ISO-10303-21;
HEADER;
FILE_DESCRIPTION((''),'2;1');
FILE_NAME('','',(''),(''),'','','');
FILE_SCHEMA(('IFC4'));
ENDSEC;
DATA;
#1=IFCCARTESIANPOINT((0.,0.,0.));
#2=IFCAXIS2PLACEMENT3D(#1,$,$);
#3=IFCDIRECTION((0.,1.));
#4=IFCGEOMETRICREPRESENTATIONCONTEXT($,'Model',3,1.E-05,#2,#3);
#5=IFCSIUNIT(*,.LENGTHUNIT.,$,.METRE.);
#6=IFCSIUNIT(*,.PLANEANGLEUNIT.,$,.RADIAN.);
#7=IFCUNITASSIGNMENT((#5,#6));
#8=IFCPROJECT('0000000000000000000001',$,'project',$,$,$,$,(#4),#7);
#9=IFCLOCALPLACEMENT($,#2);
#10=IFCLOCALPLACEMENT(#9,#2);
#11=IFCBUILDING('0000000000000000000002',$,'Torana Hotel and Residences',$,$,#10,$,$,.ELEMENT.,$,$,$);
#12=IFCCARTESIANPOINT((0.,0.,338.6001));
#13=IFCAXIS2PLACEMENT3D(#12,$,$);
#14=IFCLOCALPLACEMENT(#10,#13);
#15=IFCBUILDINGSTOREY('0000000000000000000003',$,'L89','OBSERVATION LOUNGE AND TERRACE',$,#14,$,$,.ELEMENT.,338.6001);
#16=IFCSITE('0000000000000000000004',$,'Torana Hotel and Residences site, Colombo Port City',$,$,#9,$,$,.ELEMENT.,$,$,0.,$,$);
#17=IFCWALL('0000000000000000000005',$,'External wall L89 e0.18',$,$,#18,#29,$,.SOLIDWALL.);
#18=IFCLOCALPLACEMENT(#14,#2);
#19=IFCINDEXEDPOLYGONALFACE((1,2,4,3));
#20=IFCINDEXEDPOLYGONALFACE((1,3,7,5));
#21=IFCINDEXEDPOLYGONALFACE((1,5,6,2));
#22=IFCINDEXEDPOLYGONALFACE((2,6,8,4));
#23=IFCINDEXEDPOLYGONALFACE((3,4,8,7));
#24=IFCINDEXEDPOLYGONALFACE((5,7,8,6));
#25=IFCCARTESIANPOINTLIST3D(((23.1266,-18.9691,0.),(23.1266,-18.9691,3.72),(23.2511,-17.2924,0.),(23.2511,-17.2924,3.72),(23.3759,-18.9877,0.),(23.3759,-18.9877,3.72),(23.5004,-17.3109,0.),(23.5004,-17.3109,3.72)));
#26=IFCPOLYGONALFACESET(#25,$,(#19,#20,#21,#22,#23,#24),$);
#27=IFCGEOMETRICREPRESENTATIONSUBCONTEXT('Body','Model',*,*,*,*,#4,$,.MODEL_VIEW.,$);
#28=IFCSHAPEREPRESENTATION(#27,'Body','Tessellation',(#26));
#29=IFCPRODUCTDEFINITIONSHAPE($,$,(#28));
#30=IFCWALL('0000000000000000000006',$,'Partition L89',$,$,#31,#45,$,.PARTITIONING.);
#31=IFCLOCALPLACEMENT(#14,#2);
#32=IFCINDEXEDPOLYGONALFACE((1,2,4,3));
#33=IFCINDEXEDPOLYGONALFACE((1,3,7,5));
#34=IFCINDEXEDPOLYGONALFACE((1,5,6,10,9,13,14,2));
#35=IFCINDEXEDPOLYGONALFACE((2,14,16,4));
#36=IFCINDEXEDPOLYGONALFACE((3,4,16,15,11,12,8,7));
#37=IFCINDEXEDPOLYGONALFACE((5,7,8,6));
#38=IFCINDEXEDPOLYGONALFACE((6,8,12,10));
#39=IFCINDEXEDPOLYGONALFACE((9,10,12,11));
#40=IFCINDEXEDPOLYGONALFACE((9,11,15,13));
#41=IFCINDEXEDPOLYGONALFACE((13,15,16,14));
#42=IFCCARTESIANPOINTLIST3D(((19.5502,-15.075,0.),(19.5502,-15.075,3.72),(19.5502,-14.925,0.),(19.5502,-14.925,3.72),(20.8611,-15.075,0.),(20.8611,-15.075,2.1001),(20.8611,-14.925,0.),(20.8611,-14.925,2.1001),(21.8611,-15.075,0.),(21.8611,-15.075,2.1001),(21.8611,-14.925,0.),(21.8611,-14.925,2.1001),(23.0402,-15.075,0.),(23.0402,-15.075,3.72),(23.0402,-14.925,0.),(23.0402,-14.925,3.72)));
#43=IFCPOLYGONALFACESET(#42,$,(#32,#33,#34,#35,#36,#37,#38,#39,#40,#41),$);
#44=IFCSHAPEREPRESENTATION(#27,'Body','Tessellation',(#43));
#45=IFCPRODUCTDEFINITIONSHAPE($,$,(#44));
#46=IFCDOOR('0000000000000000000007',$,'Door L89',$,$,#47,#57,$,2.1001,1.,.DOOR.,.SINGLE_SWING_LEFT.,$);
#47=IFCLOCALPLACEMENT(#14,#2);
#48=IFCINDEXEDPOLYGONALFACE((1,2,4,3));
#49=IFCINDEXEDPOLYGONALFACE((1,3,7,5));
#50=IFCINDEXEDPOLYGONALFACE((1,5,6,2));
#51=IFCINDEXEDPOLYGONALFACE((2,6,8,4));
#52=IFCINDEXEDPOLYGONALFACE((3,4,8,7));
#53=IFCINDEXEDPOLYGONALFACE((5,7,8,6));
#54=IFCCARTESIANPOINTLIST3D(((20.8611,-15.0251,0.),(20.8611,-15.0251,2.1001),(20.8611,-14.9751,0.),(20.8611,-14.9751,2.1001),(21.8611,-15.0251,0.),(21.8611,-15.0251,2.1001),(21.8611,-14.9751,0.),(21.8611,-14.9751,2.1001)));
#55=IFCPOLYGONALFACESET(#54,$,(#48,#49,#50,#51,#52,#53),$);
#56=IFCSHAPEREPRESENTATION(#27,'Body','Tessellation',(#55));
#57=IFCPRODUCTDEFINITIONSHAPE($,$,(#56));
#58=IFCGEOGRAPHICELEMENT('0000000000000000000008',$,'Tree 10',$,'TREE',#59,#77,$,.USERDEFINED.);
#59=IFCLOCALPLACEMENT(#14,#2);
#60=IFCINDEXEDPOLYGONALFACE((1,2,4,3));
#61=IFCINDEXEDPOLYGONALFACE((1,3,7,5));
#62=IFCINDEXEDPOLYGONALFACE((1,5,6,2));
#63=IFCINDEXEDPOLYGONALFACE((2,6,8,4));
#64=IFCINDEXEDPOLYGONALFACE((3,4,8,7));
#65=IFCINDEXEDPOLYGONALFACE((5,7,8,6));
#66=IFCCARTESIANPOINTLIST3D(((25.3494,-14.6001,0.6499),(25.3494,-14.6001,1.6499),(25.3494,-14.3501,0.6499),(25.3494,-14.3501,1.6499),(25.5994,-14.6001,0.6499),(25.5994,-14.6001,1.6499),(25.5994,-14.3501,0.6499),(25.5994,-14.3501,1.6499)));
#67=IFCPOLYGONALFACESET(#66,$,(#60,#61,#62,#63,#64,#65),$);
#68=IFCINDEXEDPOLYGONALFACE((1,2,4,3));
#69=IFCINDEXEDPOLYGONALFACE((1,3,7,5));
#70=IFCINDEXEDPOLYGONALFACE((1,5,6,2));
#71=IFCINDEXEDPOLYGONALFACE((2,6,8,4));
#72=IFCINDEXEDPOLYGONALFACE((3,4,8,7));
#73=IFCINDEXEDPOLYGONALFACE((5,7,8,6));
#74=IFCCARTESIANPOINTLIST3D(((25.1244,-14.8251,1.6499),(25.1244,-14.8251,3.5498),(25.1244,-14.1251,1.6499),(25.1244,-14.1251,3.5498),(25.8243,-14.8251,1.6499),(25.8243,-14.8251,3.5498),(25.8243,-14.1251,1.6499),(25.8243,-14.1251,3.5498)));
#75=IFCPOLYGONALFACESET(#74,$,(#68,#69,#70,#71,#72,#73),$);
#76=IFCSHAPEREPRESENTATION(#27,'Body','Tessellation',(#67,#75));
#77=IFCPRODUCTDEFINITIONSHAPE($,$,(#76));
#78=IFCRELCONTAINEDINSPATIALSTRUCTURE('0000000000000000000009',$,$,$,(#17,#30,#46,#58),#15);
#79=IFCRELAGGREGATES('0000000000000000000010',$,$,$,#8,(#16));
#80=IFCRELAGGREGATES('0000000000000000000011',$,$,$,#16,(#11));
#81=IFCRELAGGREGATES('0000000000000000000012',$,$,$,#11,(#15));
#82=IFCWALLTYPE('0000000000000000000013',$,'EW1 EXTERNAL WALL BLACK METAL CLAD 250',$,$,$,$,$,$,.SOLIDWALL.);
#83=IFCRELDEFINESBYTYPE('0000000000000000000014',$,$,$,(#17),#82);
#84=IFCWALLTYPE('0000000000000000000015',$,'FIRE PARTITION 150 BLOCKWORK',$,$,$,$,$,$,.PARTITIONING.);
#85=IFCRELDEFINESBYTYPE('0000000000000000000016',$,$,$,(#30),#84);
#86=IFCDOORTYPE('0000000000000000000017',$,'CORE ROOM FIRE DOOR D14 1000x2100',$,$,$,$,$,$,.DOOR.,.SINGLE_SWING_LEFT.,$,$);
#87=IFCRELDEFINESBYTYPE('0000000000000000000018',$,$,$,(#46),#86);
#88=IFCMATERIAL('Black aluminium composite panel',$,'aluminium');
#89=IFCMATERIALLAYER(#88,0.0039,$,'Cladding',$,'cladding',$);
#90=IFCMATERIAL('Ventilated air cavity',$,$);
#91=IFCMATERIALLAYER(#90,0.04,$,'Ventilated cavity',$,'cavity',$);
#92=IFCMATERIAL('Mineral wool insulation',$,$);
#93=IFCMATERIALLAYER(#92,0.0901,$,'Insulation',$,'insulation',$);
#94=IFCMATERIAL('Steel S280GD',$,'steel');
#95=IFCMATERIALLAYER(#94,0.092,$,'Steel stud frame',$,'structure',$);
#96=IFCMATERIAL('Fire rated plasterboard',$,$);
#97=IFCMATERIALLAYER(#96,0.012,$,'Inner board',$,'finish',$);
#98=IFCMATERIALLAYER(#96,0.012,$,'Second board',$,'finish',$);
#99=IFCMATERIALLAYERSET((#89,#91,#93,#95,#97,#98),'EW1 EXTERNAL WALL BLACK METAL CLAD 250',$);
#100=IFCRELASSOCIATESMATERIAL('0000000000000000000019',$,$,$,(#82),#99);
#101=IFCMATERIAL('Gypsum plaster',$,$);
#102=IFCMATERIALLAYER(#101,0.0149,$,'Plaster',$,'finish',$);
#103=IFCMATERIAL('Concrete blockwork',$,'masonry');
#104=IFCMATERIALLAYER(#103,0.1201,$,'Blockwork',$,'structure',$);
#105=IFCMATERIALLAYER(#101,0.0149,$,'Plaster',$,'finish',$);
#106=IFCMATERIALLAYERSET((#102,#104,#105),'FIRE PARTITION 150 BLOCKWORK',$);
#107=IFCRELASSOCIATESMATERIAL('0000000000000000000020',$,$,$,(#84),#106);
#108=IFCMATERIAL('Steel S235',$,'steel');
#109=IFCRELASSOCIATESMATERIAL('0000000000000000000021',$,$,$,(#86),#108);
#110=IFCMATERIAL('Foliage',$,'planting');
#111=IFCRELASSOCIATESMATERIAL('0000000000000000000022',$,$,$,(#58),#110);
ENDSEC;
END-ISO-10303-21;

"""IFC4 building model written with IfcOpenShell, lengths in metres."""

from ifc_helpers import new_model, si_unit, direction, frame, frame_2d, origin, origin_2d, place, context, subcontext, project, spatial, rectangle, extrude, material, layer, layer_set, type_object, element, fill, save


model = new_model("IFC4")

# Units and contexts
model_context = context("Model", 3, precision=1e-05, world=origin(), true_north=direction((0.0, 1.0)))
body_context = subcontext(model_context, "Body", "Model", "MODEL_VIEW")
ifc_project = project(units=[si_unit("LENGTHUNIT", "METRE"), si_unit("PLANEANGLEUNIT", "RADIAN")], contexts=[model_context])

# Site, building, storey
site_placement = place(None, origin())
site = spatial("IfcSite", under=ifc_project, at=site_placement, Name="Torana Hotel and Residences site, Colombo Port City", CompositionType="ELEMENT", RefElevation=0.0)
building_placement = place(site_placement, origin())
building = spatial("IfcBuilding", under=site, at=building_placement, Name="Torana Hotel and Residences", CompositionType="ELEMENT")
storey_placement = place(building_placement, frame((0.0, 0.0, 338.6001)))
storey = spatial("IfcBuildingStorey", under=building, at=storey_placement, Name="L89", Description="OBSERVATION LOUNGE AND TERRACE", CompositionType="ELEMENT", Elevation=338.6001)

# Shared definitions
ifc_material_1 = material(Name="Black aluminium composite panel", Category="aluminium")
ifc_layer_1 = layer(ifc_material_1, 0.0039, Name="Cladding", Category="cladding")
ifc_material_2 = material(Name="Ventilated air cavity")
ifc_layer_2 = layer(ifc_material_2, 0.04, Name="Ventilated cavity", Category="cavity")
ifc_material_3 = material(Name="Mineral wool insulation")
ifc_layer_3 = layer(ifc_material_3, 0.0901, Name="Insulation", Category="insulation")
ifc_material_4 = material(Name="Steel S280GD", Category="steel")
ifc_layer_4 = layer(ifc_material_4, 0.092, Name="Steel stud frame", Category="structure")
ifc_material_5 = material(Name="Fire rated plasterboard")
ifc_layer_5 = layer(ifc_material_5, 0.012, Name="Inner board", Category="finish")
ifc_layer_6 = layer(ifc_material_5, 0.012, Name="Second board", Category="finish")
ifc_layer_set_1 = layer_set([ifc_layer_1, ifc_layer_2, ifc_layer_3, ifc_layer_4, ifc_layer_5, ifc_layer_6], Name="EW1 EXTERNAL WALL BLACK METAL CLAD 250")
wall_type_1 = type_object("IfcWallType", Name="EW1 EXTERNAL WALL BLACK METAL CLAD 250", PredefinedType="SOLIDWALL", material=ifc_layer_set_1)

# Wall
wall_1_placement = place(storey_placement, frame((23.2512, -18.9785, 0.0), z_axis=(0.0, 0.0, 1.0), x_axis=(0.074054, 0.997254, 0.0)))
element("IfcWall", 1, at=wall_1_placement, inside=storey, type_object=wall_type_1, Name="External wall L89 e0.18", PredefinedType="SOLIDWALL", context=body_context, shape_type="SweptSolid", body=[
    extrude(rectangle(XDim=1.6814, YDim=0.25, at=frame_2d((0.8408, 0.0))), origin(), (0.0, 0.0, 1.0), 3.72),
])

# Wall, opening, door
ifc_material_6 = material(Name="Gypsum plaster")
ifc_layer_7 = layer(ifc_material_6, 0.0149, Name="Plaster", Category="finish")
ifc_material_7 = material(Name="Concrete blockwork", Category="masonry")
ifc_layer_8 = layer(ifc_material_7, 0.1201, Name="Blockwork", Category="structure")
ifc_layer_9 = layer(ifc_material_6, 0.0149, Name="Plaster", Category="finish")
ifc_layer_set_2 = layer_set([ifc_layer_7, ifc_layer_8, ifc_layer_9], Name="FIRE PARTITION 150 BLOCKWORK")
wall_type_2 = type_object("IfcWallType", Name="FIRE PARTITION 150 BLOCKWORK", PredefinedType="PARTITIONING", material=ifc_layer_set_2)
wall_2_placement = place(storey_placement, frame((19.55, -15.0, 0.0), z_axis=(0.0, 0.0, 1.0), x_axis=(1.0, 0.0, 0.0)))
wall_2 = element("IfcWall", 2, at=wall_2_placement, inside=storey, type_object=wall_type_2, Name="Partition L89", PredefinedType="PARTITIONING", context=body_context, shape_type="SweptSolid", body=[
    extrude(rectangle(XDim=3.49, YDim=0.1499, at=frame_2d((1.7451, 0.0))), origin(), (0.0, 0.0, 1.0), 3.72),
])
opening_1_placement = place(wall_2_placement, frame((1.311, 0.0, 0.0)))
opening_1 = element("IfcOpeningElement", 3, at=opening_1_placement, cuts=wall_2, PredefinedType="OPENING", context=body_context, shape_type="SweptSolid", body=[
    extrude(rectangle(XDim=1.0, YDim=2.1001, at=frame_2d((0.5, 1.05))), frame((0.0, 0.085, 0.0), z_axis=(0.0, -1.0, 0.0), x_axis=(1.0, 0.0, 0.0)), (0.0, 0.0, 1.0), 0.1699),
])
ifc_material_8 = material(Name="Steel S235", Category="steel")
door_type_1 = type_object("IfcDoorType", Name="CORE ROOM FIRE DOOR D14 1000x2100", OperationType="SINGLE_SWING_LEFT", PredefinedType="DOOR", material=ifc_material_8)
door_1_placement = place(opening_1_placement, origin())
door_1 = element("IfcDoor", 4, at=door_1_placement, inside=storey, type_object=door_type_1, Name="Door L89", OperationType="SINGLE_SWING_LEFT", OverallHeight=2.1001, OverallWidth=1.0, PredefinedType="DOOR", context=body_context, shape_type="SweptSolid", body=[
    extrude(rectangle(XDim=1.0, YDim=2.1001, at=frame_2d((0.5, 1.05))), frame((0.0, 0.0249, 0.0), z_axis=(0.0, -1.0, 0.0), x_axis=(1.0, 0.0, 0.0)), (0.0, 0.0, 1.0), 0.05),
])
fill(opening_1, door_1)

# Geographic element
ifc_material_9 = material(Name="Foliage", Category="planting")
geographic_element_placement = place(storey_placement, frame((25.4744, -14.4751, 0.6499), z_axis=(0.0, 0.0, 1.0), x_axis=(1.0, 0.0, 0.0)))
element("IfcGeographicElement", 5, at=geographic_element_placement, inside=storey, material=ifc_material_9, Name="Tree 10", ObjectType="TREE", PredefinedType="USERDEFINED", context=body_context, shape_type="SweptSolid", body=[
    extrude(rectangle(XDim=0.25, YDim=0.25, at=origin_2d()), origin(), (0.0, 0.0, 1.0), 1.0),
    extrude(rectangle(XDim=0.7, YDim=0.7, at=origin_2d()), frame((0.0, 0.0, 1.0)), (0.0, 0.0, 1.0), 1.8999),
])

save(model, "model.ifc")
